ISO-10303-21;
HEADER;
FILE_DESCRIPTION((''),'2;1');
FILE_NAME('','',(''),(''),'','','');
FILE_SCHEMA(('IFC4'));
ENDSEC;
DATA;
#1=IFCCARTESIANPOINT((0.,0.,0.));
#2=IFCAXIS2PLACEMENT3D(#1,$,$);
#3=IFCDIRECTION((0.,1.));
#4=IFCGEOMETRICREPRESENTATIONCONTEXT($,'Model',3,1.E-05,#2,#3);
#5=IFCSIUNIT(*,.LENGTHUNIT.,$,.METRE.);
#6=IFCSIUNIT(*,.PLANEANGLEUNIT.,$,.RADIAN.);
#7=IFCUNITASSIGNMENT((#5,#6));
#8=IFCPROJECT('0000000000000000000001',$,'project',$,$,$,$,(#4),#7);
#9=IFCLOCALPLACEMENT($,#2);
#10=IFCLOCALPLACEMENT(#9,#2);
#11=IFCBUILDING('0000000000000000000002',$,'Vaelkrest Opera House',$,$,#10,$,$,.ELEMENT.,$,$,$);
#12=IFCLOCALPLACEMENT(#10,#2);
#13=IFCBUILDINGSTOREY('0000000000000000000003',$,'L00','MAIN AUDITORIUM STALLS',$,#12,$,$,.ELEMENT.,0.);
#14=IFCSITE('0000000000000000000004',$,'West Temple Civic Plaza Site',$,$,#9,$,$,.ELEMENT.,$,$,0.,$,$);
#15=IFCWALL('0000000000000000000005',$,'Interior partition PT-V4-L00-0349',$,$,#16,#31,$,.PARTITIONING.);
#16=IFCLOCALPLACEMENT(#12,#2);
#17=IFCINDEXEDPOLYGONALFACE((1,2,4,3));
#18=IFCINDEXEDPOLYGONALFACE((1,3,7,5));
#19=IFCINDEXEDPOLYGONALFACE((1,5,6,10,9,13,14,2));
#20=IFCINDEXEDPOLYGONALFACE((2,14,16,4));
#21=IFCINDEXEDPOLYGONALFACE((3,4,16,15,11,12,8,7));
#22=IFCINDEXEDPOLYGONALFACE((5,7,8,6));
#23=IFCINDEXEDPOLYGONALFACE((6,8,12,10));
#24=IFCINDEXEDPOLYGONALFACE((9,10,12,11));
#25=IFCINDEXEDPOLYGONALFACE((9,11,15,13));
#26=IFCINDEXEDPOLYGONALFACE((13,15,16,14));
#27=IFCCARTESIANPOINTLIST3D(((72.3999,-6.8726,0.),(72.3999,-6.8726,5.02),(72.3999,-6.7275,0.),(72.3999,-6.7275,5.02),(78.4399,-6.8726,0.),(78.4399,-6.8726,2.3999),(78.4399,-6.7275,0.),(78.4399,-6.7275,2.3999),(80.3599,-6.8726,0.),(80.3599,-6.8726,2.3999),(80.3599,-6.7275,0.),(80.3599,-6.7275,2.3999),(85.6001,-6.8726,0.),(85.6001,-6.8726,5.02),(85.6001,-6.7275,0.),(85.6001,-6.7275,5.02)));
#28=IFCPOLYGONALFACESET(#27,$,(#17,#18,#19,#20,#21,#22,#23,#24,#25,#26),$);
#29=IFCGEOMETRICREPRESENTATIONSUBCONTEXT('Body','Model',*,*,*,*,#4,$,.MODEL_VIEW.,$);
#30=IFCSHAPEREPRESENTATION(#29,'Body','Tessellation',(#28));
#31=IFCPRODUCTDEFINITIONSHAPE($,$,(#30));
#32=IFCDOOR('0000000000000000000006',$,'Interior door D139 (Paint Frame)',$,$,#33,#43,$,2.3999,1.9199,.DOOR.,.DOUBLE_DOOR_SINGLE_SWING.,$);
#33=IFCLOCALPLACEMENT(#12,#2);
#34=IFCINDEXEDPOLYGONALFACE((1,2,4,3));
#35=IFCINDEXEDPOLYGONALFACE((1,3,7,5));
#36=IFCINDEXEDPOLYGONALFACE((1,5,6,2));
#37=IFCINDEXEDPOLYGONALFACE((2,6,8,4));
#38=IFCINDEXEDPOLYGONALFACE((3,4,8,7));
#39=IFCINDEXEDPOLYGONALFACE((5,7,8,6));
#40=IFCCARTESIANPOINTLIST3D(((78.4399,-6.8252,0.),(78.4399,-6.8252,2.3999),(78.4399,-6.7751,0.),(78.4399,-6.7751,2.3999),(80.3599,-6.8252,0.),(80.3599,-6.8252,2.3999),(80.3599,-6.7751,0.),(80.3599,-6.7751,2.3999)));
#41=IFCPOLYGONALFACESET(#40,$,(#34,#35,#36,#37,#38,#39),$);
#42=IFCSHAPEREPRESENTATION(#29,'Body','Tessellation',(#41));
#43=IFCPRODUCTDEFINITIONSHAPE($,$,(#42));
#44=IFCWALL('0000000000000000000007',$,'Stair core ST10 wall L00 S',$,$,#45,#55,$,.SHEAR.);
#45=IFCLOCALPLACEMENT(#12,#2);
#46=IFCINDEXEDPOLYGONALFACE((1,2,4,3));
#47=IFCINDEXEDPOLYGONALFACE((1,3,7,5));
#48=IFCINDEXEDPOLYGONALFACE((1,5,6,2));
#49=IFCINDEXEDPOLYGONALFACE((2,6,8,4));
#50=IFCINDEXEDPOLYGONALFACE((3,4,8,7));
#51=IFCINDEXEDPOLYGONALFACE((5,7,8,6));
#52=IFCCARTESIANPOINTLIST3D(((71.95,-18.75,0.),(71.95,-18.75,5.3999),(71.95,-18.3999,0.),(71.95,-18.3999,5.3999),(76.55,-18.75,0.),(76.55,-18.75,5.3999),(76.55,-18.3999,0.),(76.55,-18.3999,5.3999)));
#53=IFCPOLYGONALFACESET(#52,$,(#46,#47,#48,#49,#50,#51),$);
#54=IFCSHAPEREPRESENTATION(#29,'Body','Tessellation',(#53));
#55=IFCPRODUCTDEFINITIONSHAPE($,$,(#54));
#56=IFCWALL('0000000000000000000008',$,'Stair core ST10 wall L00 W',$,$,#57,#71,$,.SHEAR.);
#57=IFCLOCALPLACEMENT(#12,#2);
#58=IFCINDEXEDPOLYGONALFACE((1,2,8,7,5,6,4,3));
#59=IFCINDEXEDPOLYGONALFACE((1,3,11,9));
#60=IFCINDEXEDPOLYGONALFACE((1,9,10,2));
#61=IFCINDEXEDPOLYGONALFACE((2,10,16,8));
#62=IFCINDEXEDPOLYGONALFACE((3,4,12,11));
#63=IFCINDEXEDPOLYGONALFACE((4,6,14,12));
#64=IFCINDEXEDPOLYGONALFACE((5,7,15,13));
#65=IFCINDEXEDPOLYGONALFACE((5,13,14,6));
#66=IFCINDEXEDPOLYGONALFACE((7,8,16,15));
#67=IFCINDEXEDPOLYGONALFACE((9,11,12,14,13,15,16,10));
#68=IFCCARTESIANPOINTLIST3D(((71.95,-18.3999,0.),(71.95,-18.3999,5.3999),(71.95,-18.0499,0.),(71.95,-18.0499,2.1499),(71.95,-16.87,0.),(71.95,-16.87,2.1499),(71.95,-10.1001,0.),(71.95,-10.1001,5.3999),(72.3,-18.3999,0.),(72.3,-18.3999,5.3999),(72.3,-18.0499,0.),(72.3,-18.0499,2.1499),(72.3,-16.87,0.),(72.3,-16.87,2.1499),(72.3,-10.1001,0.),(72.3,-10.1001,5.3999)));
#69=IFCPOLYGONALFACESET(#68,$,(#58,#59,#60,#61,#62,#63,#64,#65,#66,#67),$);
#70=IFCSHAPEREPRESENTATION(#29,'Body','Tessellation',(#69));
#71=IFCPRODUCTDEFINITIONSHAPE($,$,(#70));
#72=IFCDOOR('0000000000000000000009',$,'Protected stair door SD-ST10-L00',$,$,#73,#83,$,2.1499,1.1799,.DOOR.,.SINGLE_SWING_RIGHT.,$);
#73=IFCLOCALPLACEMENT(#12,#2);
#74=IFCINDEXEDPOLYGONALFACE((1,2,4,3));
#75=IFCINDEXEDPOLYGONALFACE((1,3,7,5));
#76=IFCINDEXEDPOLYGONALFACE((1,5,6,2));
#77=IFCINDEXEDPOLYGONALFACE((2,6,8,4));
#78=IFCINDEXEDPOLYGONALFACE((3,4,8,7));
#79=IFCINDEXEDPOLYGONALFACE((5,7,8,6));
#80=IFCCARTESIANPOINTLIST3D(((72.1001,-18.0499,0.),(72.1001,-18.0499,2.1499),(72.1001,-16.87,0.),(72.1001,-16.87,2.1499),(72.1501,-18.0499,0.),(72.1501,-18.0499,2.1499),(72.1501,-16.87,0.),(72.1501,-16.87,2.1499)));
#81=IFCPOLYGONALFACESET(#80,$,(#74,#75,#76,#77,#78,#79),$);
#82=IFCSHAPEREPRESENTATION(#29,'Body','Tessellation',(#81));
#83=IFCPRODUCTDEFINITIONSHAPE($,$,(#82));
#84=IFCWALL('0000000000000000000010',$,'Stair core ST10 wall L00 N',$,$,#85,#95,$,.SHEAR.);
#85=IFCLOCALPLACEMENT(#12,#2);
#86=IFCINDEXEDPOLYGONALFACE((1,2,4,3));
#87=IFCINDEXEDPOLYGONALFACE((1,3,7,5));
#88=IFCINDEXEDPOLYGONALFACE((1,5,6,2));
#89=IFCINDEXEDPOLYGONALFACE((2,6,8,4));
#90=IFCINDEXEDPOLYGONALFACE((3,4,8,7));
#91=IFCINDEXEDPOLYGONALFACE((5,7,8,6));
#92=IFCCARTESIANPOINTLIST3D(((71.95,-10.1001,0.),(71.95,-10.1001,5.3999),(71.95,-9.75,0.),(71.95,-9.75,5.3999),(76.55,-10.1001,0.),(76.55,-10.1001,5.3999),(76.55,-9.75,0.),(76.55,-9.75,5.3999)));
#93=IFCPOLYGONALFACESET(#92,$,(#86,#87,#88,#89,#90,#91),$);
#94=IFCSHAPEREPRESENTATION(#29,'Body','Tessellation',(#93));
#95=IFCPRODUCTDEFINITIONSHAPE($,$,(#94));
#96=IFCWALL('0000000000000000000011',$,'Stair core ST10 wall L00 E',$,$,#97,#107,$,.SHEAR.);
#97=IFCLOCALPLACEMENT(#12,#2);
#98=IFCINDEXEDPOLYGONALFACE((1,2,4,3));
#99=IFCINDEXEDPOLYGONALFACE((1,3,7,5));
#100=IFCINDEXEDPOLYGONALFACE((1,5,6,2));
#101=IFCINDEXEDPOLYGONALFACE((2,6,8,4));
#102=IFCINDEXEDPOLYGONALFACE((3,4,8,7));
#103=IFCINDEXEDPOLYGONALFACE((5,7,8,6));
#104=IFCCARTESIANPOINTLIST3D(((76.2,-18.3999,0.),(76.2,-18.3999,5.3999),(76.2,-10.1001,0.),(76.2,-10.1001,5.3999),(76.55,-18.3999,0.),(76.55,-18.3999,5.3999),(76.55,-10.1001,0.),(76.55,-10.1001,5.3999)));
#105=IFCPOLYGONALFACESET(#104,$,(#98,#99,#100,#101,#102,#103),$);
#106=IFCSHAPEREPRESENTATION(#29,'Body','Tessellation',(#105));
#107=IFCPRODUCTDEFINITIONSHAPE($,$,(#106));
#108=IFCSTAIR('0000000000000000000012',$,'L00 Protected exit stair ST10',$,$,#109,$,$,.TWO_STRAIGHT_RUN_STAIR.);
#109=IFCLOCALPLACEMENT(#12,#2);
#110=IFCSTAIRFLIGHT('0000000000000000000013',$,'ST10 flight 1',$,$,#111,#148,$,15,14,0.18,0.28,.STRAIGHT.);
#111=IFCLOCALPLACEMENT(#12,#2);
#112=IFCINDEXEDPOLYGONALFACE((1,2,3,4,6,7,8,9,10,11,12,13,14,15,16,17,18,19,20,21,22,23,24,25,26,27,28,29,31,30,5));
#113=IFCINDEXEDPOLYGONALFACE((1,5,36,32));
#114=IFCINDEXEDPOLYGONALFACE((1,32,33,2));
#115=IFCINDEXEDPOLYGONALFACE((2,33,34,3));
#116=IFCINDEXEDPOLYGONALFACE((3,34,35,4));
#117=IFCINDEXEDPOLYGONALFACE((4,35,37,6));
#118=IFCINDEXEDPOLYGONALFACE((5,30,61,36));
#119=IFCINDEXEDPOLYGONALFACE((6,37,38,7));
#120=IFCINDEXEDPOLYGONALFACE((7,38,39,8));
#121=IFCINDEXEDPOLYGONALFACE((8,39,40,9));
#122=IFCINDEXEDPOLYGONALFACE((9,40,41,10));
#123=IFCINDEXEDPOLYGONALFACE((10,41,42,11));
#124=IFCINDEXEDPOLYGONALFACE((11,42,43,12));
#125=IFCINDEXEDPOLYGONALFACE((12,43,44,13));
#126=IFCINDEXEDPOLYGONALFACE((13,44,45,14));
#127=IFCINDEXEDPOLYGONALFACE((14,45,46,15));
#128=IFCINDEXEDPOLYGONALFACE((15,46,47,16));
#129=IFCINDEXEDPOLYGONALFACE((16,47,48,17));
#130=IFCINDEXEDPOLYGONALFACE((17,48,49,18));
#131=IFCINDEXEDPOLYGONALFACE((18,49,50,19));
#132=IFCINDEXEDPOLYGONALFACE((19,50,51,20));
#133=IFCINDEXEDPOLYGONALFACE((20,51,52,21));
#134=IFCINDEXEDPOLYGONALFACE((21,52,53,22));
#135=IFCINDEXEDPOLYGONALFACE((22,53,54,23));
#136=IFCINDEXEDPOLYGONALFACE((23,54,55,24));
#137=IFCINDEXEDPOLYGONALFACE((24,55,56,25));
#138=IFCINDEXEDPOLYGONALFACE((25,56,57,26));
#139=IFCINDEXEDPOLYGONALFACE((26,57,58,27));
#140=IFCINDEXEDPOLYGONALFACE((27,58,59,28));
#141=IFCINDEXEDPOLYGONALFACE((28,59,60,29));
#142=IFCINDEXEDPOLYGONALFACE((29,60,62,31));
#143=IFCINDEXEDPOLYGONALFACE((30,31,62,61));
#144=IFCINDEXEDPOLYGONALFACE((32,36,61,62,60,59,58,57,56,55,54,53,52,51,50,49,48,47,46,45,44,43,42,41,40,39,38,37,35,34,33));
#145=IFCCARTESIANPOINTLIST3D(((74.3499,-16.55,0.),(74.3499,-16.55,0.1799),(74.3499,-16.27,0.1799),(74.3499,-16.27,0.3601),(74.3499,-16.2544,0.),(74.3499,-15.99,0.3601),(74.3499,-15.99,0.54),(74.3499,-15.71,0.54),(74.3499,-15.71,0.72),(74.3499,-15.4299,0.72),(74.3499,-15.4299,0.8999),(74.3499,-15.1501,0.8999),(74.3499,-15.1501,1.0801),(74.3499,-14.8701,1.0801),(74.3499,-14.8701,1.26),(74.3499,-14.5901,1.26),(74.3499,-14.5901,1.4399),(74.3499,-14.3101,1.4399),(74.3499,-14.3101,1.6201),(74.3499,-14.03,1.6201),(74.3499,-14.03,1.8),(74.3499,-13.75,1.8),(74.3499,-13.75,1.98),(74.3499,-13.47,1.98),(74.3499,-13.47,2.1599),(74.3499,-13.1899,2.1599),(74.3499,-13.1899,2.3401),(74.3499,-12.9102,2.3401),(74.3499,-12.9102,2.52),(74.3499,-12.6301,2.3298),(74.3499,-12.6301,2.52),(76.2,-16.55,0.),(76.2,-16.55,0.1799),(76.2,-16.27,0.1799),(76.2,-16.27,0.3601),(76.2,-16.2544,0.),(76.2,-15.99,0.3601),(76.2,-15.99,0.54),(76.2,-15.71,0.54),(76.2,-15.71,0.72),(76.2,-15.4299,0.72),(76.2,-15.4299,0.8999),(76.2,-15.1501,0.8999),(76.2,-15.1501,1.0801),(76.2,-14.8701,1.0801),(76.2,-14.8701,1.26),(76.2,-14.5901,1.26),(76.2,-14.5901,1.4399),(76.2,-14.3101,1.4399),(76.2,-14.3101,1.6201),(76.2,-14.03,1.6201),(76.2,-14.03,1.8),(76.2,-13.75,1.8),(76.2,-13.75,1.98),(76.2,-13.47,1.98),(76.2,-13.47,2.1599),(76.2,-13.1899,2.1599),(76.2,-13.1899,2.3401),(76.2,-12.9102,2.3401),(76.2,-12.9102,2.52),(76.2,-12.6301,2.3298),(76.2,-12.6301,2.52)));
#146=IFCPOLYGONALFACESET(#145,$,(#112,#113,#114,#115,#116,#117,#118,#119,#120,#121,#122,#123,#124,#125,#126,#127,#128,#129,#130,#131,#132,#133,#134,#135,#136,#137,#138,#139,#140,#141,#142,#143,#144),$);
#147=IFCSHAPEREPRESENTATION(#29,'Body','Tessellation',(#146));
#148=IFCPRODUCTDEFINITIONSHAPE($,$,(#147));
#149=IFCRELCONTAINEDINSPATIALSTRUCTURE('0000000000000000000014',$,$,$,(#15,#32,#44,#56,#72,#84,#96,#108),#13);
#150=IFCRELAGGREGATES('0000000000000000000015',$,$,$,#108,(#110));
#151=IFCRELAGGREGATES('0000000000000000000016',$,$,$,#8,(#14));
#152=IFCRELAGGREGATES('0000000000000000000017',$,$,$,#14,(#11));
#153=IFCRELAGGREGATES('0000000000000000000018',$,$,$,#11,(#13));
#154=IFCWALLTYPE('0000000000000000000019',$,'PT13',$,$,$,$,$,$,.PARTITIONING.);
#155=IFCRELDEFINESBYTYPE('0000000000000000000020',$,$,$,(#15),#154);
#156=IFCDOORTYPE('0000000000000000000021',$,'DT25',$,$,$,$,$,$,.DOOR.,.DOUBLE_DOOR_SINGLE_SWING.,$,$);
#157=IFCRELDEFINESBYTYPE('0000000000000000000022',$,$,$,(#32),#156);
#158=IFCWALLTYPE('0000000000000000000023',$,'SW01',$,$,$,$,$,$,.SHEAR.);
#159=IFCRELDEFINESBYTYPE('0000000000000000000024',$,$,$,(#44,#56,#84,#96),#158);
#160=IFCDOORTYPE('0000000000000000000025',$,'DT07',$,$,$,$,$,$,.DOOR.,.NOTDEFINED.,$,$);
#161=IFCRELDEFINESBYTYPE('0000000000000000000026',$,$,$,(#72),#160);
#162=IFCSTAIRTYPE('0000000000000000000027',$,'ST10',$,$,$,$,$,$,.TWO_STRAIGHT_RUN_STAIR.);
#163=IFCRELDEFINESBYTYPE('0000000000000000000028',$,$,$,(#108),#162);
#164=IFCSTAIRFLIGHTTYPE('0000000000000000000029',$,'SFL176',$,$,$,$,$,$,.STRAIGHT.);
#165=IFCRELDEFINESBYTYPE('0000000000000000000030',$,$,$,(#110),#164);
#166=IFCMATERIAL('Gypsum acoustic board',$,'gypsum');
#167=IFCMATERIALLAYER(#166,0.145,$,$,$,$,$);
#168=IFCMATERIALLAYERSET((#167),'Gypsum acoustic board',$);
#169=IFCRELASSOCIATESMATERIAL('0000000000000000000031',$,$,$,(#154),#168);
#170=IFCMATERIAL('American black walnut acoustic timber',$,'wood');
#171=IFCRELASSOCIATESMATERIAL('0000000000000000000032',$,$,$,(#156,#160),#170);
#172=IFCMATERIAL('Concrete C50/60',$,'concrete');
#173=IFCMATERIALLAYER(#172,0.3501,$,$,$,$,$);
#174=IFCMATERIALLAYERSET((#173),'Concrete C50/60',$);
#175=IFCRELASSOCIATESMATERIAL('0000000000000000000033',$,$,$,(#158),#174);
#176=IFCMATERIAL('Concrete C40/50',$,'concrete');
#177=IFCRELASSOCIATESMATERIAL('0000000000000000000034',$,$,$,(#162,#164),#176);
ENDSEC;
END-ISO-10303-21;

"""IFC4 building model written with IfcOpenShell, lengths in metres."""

from ifc_helpers import new_model, si_unit, direction, frame, frame_2d, origin, place, context, subcontext, project, spatial, polyline, rectangle, outline, extrude, material, layer, layer_set, type_object, element, fill, aggregate, save


model = new_model("IFC4")

# Units and contexts
model_context = context("Model", 3, precision=1e-05, world=origin(), true_north=direction((0.0, 1.0)))
body_context = subcontext(model_context, "Body", "Model", "MODEL_VIEW")
ifc_project = project(units=[si_unit("LENGTHUNIT", "METRE"), si_unit("PLANEANGLEUNIT", "RADIAN")], contexts=[model_context])

# Site, building, storey
site_placement = place(None, origin())
site = spatial("IfcSite", under=ifc_project, at=site_placement, Name="West Temple Civic Plaza Site", CompositionType="ELEMENT", RefElevation=0.0)
building_placement = place(site_placement, origin())
building = spatial("IfcBuilding", under=site, at=building_placement, Name="Vaelkrest Opera House", CompositionType="ELEMENT")
storey_placement = place(building_placement, origin())
storey = spatial("IfcBuildingStorey", under=building, at=storey_placement, Name="L00", Description="MAIN AUDITORIUM STALLS", CompositionType="ELEMENT", Elevation=0.0)

# Shared definitions
ifc_material_1 = material(Name="Concrete C50/60", Category="concrete")

# Shared definitions
ifc_material_2 = material(Name="Concrete C40/50", Category="concrete")

# Wall, opening, door
ifc_material_3 = material(Name="Gypsum acoustic board", Category="gypsum")
ifc_layer_1 = layer(ifc_material_3, 0.145)
ifc_layer_set_1 = layer_set([ifc_layer_1], Name="Gypsum acoustic board")
wall_type_1 = type_object("IfcWallType", Name="PT13", PredefinedType="PARTITIONING", material=ifc_layer_set_1)
wall_1_placement = place(storey_placement, frame((72.3999, -6.8, 0.0), z_axis=(0.0, 0.0, 1.0), x_axis=(1.0, 0.0, 0.0)))
wall_1 = element("IfcWall", 1, at=wall_1_placement, inside=storey, type_object=wall_type_1, Name="Interior partition PT-V4-L00-0349", PredefinedType="PARTITIONING", context=body_context, shape_type="SweptSolid", body=[
    extrude(rectangle(XDim=13.2002, YDim=0.145, at=frame_2d((6.6001, 0.0))), origin(), (0.0, 0.0, 1.0), 5.02),
])
opening_1_placement = place(wall_1_placement, frame((6.04, 0.0, 0.0)))
opening_1 = element("IfcOpeningElement", 2, at=opening_1_placement, cuts=wall_1, PredefinedType="OPENING", context=body_context, shape_type="SweptSolid", body=[
    extrude(rectangle(XDim=1.9199, YDim=2.3999, at=frame_2d((0.96, 1.2))), frame((0.0, 0.0825, 0.0), z_axis=(0.0, -1.0, 0.0), x_axis=(1.0, 0.0, 0.0)), (0.0, 0.0, 1.0), 0.165),
])
ifc_material_4 = material(Name="American black walnut acoustic timber", Category="wood")
door_type_1 = type_object("IfcDoorType", Name="DT25", OperationType="DOUBLE_DOOR_SINGLE_SWING", PredefinedType="DOOR", material=ifc_material_4)
door_1_placement = place(opening_1_placement, origin())
door_1 = element("IfcDoor", 3, at=door_1_placement, inside=storey, type_object=door_type_1, Name="Interior door D139 (Paint Frame)", OperationType="DOUBLE_DOOR_SINGLE_SWING", OverallHeight=2.3999, OverallWidth=1.9199, PredefinedType="DOOR", context=body_context, shape_type="SweptSolid", body=[
    extrude(rectangle(XDim=1.9199, YDim=2.3999, at=frame_2d((0.96, 1.2))), frame((0.0, 0.0249, 0.0), z_axis=(0.0, -1.0, 0.0), x_axis=(1.0, 0.0, 0.0)), (0.0, 0.0, 1.0), 0.05),
])
fill(opening_1, door_1)

# Wall
ifc_layer_2 = layer(ifc_material_1, 0.3501)
ifc_layer_set_2 = layer_set([ifc_layer_2], Name="Concrete C50/60")
wall_type_2 = type_object("IfcWallType", Name="SW01", PredefinedType="SHEAR", material=ifc_layer_set_2)
wall_2_placement = place(storey_placement, frame((76.55, -18.575, 0.0), z_axis=(0.0, 0.0, 1.0), x_axis=(-1.0, 0.0, 0.0)))
element("IfcWall", 4, at=wall_2_placement, inside=storey, type_object=wall_type_2, Name="Stair core ST10 wall L00 S", PredefinedType="SHEAR", context=body_context, shape_type="SweptSolid", body=[
    extrude(rectangle(XDim=4.6001, YDim=0.3501, at=frame_2d((2.3, 0.0))), origin(), (0.0, 0.0, 1.0), 5.3999),
])

# Wall, opening, door
wall_3_placement = place(storey_placement, frame((72.125, -18.3999, 0.0), z_axis=(0.0, 0.0, 1.0), x_axis=(0.0, 1.0, 0.0)))
wall_3 = element("IfcWall", 5, at=wall_3_placement, inside=storey, type_object=wall_type_2, Name="Stair core ST10 wall L00 W", PredefinedType="SHEAR", context=body_context, shape_type="SweptSolid", body=[
    extrude(rectangle(XDim=8.2998, YDim=0.3501, at=frame_2d((4.1499, 0.0))), origin(), (0.0, 0.0, 1.0), 5.3999),
])
opening_2_placement = place(wall_3_placement, frame((0.3501, 0.0, 0.0)))
opening_2 = element("IfcOpeningElement", 6, at=opening_2_placement, cuts=wall_3, PredefinedType="OPENING", context=body_context, shape_type="SweptSolid", body=[
    extrude(rectangle(XDim=1.1799, YDim=2.1499, at=frame_2d((0.5898, 1.075))), frame((0.0, 0.1851, 0.0), z_axis=(0.0, -1.0, 0.0), x_axis=(1.0, 0.0, 0.0)), (0.0, 0.0, 1.0), 0.3701),
])
door_type_2 = type_object("IfcDoorType", Name="DT07", OperationType="NOTDEFINED", PredefinedType="DOOR", material=ifc_material_4)
door_2_placement = place(opening_2_placement, origin())
door_2 = element("IfcDoor", 7, at=door_2_placement, inside=storey, type_object=door_type_2, Name="Protected stair door SD-ST10-L00", OperationType="SINGLE_SWING_RIGHT", OverallHeight=2.1499, OverallWidth=1.1799, PredefinedType="DOOR", context=body_context, shape_type="SweptSolid", body=[
    extrude(rectangle(XDim=1.1799, YDim=2.1499, at=frame_2d((0.5898, 1.075))), frame((0.0, 0.0249, 0.0), z_axis=(0.0, -1.0, 0.0), x_axis=(1.0, 0.0, 0.0)), (0.0, 0.0, 1.0), 0.05),
])
fill(opening_2, door_2)

# Walls
wall_4_placement = place(storey_placement, frame((71.95, -9.925, 0.0), z_axis=(0.0, 0.0, 1.0), x_axis=(1.0, 0.0, 0.0)))
element("IfcWall", 8, at=wall_4_placement, inside=storey, type_object=wall_type_2, Name="Stair core ST10 wall L00 N", PredefinedType="SHEAR", context=body_context, shape_type="SweptSolid", body=[
    extrude(rectangle(XDim=4.6001, YDim=0.3501, at=frame_2d((2.3, 0.0))), origin(), (0.0, 0.0, 1.0), 5.3999),
])
wall_5_placement = place(storey_placement, frame((76.375, -10.1001, 0.0), z_axis=(0.0, 0.0, 1.0), x_axis=(0.0, -1.0, 0.0)))
element("IfcWall", 9, at=wall_5_placement, inside=storey, type_object=wall_type_2, Name="Stair core ST10 wall L00 E", PredefinedType="SHEAR", context=body_context, shape_type="SweptSolid", body=[
    extrude(rectangle(XDim=8.2998, YDim=0.3501, at=frame_2d((4.1499, 0.0))), origin(), (0.0, 0.0, 1.0), 5.3999),
])

# Stair, stair flight
stair_type = type_object("IfcStairType", Name="ST10", PredefinedType="TWO_STRAIGHT_RUN_STAIR", material=ifc_material_2)
stair_placement = place(storey_placement, origin())
stair = element("IfcStair", 10, at=stair_placement, inside=storey, type_object=stair_type, Name="L00 Protected exit stair ST10", PredefinedType="TWO_STRAIGHT_RUN_STAIR")
stair_flight_type = type_object("IfcStairFlightType", Name="SFL176", PredefinedType="STRAIGHT", material=ifc_material_2)
stair_flight_1_placement = place(storey_placement, frame((75.2749, -16.55, 0.0), z_axis=(0.0, 0.0, 1.0), x_axis=(0.0, 1.0, 0.0)))
stair_flight_1 = element("IfcStairFlight", 11, at=stair_flight_1_placement, type_object=stair_flight_type, Name="ST10 flight 1", NumberOfRisers=15, NumberOfTreads=14, PredefinedType="STRAIGHT", RiserHeight=0.18, TreadLength=0.28, context=body_context, shape_type="SweptSolid", body=[
    extrude(outline(polyline([(0.0, 0.0), (0.0, 0.1799), (0.28, 0.1799), (0.28, 0.3601), (0.5601, 0.3601), (0.5601, 0.54), (0.8401, 0.54), (0.8401, 0.72), (1.1201, 0.72), (1.1201, 0.8999), (1.3999, 0.8999), (1.3999, 1.0801), (1.6799, 1.0801), (1.6799, 1.26), (1.96, 1.26), (1.96, 1.4399), (2.24, 1.4399), (2.24, 1.6201), (2.52, 1.6201), (2.52, 1.8), (2.8, 1.8), (2.8, 1.98), (3.0801, 1.98), (3.0801, 2.1599), (3.3601, 2.1599), (3.3601, 2.3401), (3.6399, 2.3401), (3.6399, 2.52), (3.9199, 2.52), (3.9199, 2.7), (3.9199, 2.3298), (0.2957, 0.0), (0.0, 0.0)])), frame((0.0, 0.925, 0.0), z_axis=(0.0, -1.0, 0.0), x_axis=(1.0, 0.0, 0.0)), (0.0, 0.0, 1.0), 1.8501),
])
aggregate(stair, [stair_flight_1])

save(model, "model.ifc")
